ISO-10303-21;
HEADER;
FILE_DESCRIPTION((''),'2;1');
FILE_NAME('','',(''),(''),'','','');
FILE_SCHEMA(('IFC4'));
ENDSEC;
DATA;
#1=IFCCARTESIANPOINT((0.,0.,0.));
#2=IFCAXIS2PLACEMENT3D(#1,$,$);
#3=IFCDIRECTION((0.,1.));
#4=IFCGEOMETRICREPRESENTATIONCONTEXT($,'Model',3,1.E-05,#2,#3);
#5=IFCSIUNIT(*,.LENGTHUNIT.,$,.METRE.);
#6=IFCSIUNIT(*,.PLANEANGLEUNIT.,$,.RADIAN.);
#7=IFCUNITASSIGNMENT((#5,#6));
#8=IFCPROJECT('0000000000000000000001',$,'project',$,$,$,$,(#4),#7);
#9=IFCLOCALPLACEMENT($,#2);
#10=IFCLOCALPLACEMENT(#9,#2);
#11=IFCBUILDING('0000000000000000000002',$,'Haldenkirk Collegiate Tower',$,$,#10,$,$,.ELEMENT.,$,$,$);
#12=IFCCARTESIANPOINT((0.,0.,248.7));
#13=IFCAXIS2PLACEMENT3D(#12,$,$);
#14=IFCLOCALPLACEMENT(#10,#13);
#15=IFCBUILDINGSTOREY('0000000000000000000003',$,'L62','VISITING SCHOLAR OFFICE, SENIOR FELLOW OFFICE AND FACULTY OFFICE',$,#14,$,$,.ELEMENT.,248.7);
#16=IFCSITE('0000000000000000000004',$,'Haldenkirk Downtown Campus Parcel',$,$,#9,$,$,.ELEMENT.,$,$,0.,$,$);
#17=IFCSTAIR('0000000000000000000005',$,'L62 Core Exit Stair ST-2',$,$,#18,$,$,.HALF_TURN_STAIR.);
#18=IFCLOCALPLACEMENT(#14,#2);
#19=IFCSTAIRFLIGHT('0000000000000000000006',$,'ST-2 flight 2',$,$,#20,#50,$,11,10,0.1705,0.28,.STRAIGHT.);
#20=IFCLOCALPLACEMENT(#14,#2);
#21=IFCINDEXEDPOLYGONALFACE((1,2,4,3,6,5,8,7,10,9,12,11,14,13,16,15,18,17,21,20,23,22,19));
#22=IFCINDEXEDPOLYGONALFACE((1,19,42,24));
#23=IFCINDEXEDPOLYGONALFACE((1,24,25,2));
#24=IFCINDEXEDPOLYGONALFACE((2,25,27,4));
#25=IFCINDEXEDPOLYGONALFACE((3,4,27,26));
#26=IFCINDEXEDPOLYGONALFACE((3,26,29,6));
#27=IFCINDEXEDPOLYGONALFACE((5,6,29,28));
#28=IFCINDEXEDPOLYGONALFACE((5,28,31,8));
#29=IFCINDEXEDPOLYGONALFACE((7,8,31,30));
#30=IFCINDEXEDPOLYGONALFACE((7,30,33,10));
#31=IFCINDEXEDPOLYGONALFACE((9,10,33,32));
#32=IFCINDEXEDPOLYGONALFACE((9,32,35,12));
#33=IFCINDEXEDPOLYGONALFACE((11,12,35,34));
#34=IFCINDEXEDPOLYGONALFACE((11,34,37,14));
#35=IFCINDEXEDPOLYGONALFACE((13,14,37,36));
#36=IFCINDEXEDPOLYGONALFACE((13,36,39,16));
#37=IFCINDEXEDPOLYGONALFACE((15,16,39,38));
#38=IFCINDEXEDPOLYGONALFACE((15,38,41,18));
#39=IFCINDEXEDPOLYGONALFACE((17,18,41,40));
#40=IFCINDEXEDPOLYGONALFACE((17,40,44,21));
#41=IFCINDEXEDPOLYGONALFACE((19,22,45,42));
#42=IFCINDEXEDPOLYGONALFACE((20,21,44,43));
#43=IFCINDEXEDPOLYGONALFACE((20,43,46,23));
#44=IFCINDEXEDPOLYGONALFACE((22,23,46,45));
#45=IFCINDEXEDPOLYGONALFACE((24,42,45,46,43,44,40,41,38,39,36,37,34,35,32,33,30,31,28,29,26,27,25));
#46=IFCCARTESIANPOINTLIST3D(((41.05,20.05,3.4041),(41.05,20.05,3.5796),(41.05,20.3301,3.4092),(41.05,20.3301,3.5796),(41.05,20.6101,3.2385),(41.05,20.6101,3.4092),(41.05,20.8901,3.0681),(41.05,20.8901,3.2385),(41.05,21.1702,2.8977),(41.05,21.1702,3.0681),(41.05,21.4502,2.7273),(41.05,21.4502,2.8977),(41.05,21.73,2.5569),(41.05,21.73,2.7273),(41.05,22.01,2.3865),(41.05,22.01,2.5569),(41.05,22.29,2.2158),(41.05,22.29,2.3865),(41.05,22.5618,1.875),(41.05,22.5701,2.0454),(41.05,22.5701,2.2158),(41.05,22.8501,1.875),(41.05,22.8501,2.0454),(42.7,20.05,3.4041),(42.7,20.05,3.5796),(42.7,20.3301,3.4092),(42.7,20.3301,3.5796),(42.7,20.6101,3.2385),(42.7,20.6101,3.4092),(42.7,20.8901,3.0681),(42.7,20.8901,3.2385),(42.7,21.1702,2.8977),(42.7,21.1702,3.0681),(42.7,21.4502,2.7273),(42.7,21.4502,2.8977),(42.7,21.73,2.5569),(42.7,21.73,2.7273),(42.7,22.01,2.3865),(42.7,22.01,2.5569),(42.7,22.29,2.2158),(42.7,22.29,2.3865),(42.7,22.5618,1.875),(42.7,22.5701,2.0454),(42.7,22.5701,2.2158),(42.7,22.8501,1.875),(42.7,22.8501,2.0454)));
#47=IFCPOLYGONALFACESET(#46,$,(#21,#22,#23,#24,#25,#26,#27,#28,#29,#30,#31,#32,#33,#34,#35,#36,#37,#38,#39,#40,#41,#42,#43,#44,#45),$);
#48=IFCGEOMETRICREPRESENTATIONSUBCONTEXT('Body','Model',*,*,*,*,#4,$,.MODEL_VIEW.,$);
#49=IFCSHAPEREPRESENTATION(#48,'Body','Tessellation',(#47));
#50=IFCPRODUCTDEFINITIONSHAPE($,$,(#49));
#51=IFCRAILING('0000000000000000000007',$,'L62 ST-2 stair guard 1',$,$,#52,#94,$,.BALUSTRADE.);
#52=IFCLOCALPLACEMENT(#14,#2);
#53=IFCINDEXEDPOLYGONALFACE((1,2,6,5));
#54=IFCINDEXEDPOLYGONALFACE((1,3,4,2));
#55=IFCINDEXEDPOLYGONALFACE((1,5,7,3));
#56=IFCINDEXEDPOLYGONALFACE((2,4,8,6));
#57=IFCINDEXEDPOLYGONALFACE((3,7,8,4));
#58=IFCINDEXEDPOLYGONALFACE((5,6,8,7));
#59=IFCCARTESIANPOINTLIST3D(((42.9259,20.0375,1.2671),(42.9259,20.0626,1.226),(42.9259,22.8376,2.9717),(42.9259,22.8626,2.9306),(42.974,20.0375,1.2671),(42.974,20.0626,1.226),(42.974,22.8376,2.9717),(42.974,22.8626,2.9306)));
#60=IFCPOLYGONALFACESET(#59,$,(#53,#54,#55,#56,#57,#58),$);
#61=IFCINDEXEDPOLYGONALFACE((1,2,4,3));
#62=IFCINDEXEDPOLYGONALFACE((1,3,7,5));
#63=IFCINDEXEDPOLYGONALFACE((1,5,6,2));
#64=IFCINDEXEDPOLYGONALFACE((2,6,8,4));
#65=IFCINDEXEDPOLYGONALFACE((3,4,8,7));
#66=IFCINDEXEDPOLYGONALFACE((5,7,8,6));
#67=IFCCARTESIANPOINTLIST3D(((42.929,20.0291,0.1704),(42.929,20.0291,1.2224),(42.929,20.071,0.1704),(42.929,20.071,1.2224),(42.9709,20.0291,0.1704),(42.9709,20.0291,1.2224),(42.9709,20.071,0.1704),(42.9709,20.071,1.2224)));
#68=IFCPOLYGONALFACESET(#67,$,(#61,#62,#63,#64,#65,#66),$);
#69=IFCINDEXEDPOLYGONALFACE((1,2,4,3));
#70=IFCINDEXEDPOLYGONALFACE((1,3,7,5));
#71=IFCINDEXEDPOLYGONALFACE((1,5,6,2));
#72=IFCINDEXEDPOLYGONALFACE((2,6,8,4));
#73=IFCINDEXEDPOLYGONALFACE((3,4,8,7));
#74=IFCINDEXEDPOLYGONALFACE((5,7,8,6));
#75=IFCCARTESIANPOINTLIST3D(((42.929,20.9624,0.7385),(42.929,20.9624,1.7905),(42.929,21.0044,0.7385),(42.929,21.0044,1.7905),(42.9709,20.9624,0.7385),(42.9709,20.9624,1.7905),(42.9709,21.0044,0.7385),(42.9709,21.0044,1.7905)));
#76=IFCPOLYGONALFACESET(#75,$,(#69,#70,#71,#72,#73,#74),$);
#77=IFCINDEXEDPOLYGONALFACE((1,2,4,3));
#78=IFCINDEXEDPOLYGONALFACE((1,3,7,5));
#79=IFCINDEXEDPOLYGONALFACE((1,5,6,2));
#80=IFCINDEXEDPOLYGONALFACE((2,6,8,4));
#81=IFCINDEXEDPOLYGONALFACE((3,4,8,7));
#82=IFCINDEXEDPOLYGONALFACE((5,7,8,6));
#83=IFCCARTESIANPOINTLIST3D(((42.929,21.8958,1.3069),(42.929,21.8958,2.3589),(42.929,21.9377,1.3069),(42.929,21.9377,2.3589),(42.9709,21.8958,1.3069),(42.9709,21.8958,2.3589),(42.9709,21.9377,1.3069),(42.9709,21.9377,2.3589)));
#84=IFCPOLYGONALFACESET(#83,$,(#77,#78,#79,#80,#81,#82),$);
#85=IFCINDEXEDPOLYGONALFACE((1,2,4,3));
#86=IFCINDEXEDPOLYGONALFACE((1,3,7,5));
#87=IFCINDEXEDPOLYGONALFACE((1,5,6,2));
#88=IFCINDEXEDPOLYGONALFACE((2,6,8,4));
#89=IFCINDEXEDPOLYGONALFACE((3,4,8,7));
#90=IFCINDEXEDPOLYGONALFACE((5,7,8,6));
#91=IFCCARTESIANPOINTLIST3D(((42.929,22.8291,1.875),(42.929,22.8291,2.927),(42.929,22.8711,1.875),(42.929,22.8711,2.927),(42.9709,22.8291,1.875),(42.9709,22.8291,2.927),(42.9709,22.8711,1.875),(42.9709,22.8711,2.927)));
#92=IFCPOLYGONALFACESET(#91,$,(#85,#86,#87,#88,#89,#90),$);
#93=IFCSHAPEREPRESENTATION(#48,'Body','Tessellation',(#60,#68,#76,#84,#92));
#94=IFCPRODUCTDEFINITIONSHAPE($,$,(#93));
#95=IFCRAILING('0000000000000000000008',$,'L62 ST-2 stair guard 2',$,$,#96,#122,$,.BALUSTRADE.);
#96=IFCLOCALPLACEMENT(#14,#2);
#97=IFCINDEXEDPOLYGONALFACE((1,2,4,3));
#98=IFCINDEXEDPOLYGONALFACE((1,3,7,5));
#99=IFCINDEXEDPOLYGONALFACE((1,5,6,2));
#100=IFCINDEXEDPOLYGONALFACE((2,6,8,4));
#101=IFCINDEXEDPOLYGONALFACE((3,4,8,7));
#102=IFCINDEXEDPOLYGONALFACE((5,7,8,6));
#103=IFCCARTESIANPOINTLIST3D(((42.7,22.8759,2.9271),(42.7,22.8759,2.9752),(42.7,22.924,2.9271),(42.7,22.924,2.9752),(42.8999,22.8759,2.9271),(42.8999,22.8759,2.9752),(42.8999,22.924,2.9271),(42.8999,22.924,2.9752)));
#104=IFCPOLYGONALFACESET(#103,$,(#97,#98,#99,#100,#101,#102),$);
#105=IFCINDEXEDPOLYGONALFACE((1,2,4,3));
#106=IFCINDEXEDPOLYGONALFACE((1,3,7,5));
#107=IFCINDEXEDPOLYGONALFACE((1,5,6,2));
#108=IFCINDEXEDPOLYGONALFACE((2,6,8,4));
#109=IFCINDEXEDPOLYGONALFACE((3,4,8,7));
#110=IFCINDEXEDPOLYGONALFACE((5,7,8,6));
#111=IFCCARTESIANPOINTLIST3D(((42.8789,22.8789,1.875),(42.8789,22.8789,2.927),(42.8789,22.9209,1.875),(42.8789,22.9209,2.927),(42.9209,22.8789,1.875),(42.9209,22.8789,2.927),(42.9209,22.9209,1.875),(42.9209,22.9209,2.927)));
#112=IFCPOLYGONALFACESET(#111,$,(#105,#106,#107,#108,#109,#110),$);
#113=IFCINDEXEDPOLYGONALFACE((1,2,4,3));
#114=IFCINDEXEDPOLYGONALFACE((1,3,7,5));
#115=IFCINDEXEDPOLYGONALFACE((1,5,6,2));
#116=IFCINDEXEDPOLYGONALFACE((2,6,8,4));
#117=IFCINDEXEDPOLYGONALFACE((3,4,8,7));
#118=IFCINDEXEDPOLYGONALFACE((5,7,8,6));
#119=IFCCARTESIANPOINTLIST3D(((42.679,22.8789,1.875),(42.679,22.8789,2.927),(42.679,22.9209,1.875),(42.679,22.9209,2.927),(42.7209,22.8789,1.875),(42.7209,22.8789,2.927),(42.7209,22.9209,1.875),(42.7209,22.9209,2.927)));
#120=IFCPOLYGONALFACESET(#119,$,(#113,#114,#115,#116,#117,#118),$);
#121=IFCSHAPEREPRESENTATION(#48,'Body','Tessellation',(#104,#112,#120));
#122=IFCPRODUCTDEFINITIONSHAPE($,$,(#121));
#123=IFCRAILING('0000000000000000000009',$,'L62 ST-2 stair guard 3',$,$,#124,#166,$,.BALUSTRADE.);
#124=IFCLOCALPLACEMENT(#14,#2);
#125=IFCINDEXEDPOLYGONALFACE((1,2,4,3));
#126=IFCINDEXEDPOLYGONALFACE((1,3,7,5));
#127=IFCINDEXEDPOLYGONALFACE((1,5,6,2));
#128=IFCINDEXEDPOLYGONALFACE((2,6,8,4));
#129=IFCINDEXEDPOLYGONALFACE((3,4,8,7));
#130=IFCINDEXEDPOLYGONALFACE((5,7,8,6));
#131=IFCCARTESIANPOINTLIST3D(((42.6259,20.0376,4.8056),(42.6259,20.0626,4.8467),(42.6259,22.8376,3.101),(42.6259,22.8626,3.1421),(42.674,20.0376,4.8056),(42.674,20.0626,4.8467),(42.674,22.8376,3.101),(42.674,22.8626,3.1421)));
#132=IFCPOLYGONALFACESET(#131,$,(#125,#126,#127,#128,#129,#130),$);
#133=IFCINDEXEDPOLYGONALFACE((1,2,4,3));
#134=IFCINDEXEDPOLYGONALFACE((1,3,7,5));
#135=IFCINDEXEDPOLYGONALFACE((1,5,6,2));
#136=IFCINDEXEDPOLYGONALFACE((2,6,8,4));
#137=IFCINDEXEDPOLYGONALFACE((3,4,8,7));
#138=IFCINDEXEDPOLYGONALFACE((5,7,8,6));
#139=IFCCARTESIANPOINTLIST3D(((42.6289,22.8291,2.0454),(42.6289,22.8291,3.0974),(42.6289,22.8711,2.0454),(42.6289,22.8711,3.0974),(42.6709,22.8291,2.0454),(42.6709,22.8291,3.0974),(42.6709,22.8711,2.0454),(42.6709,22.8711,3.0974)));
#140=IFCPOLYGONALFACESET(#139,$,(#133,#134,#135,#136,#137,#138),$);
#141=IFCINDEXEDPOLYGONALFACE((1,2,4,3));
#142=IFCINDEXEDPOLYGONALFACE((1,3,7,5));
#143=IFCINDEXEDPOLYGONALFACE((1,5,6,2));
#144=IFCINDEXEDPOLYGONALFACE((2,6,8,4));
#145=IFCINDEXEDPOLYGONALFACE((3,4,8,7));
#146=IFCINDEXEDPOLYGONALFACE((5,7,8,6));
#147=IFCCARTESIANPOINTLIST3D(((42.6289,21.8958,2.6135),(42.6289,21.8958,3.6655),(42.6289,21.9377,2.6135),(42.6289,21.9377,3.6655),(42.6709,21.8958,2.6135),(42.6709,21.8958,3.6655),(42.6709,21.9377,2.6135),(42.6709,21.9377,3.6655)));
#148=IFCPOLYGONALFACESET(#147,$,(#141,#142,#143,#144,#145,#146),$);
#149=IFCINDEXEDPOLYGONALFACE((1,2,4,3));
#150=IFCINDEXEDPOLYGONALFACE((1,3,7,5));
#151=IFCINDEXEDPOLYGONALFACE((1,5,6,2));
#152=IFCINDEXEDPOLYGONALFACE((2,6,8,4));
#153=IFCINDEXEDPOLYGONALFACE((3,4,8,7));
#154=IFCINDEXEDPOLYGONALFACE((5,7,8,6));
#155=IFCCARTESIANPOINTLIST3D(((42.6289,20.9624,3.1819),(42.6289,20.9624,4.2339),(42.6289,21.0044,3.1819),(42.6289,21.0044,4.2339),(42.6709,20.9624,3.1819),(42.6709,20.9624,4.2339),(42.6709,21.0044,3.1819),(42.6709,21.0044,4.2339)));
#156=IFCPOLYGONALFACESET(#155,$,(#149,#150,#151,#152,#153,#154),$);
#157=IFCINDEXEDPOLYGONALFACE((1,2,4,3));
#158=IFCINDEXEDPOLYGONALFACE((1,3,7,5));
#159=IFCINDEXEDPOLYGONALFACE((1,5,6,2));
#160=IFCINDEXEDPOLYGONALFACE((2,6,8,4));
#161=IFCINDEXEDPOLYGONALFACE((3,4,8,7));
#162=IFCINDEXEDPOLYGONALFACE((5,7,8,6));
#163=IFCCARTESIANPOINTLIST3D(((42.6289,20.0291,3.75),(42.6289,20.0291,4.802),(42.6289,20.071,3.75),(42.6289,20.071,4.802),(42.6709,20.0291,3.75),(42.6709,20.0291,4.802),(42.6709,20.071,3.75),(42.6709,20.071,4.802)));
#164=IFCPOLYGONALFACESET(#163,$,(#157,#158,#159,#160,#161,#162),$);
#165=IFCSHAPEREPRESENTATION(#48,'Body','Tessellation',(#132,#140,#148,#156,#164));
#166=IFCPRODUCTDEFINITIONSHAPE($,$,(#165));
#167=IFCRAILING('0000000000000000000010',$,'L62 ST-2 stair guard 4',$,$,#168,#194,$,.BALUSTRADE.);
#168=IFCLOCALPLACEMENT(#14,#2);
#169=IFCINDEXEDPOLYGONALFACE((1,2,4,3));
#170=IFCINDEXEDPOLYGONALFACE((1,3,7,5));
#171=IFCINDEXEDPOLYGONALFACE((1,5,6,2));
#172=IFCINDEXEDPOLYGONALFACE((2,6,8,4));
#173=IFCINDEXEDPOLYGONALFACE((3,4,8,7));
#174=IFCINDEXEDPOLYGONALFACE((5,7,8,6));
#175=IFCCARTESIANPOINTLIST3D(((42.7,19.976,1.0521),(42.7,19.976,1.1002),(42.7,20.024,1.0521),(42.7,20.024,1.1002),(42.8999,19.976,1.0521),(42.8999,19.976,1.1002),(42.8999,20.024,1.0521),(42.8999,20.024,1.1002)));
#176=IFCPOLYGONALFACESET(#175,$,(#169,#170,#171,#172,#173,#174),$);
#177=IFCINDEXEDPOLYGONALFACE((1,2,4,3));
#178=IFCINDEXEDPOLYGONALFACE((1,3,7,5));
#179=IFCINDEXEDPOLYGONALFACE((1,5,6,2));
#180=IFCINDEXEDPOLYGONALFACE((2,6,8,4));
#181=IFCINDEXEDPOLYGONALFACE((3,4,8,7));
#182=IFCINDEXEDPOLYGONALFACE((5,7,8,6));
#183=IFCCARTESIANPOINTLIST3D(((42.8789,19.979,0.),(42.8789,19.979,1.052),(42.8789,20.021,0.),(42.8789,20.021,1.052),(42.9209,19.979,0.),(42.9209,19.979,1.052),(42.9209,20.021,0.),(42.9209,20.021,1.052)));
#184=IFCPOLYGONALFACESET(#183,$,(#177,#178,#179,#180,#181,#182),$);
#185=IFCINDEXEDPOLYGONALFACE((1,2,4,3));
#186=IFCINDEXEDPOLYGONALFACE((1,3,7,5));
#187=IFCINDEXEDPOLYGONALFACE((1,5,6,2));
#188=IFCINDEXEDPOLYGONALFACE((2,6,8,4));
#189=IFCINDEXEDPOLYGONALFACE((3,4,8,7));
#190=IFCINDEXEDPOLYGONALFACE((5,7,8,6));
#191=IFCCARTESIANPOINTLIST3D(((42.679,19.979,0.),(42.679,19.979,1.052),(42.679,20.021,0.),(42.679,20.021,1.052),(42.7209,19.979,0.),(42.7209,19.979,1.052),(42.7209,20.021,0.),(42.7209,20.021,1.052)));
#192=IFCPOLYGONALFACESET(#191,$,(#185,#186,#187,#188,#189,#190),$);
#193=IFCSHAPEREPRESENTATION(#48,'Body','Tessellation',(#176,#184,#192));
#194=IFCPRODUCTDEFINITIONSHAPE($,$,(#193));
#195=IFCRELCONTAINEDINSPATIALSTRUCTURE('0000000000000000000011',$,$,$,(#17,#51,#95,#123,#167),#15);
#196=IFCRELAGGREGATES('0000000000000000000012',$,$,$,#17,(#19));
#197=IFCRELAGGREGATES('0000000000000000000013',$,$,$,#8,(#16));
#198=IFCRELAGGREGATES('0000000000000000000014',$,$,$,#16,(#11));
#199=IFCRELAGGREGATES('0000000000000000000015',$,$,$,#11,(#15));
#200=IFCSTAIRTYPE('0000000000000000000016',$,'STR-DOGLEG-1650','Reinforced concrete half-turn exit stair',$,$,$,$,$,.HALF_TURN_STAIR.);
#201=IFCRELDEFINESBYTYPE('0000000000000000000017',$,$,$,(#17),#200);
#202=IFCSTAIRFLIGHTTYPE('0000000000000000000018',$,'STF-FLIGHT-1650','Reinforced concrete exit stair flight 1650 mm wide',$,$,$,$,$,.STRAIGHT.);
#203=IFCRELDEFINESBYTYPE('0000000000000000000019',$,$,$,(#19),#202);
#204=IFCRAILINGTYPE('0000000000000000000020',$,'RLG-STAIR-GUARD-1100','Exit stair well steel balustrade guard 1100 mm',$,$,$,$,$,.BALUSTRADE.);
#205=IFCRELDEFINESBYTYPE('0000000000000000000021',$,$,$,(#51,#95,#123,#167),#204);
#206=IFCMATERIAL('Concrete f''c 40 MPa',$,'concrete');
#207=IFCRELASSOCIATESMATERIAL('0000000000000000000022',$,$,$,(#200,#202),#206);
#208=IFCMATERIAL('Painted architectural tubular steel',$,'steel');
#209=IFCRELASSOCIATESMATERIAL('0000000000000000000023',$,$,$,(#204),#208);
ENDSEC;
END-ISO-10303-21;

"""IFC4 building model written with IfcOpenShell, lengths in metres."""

from ifc_helpers import new_model, si_unit, direction, frame, origin, origin_2d, place, context, subcontext, project, spatial, polyline, rectangle, outline, extrude, material, type_object, element, aggregate, save


model = new_model("IFC4")

# Units and contexts
model_context = context("Model", 3, precision=1e-05, world=origin(), true_north=direction((0.0, 1.0)))
body_context = subcontext(model_context, "Body", "Model", "MODEL_VIEW")
ifc_project = project(units=[si_unit("LENGTHUNIT", "METRE"), si_unit("PLANEANGLEUNIT", "RADIAN")], contexts=[model_context])

# Site, building, storey
site_placement = place(None, origin())
site = spatial("IfcSite", under=ifc_project, at=site_placement, Name="Haldenkirk Downtown Campus Parcel", CompositionType="ELEMENT", RefElevation=0.0)
building_placement = place(site_placement, origin())
building = spatial("IfcBuilding", under=site, at=building_placement, Name="Haldenkirk Collegiate Tower", CompositionType="ELEMENT")
storey_placement = place(building_placement, frame((0.0, 0.0, 248.7)))
storey = spatial("IfcBuildingStorey", under=building, at=storey_placement, Name="L62", Description="VISITING SCHOLAR OFFICE, SENIOR FELLOW OFFICE AND FACULTY OFFICE", CompositionType="ELEMENT", Elevation=248.7)

# Stair, stair flight
ifc_material_1 = material(Name="Concrete f'c 40 MPa", Category="concrete")
stair_type = type_object("IfcStairType", Name="STR-DOGLEG-1650", Description="Reinforced concrete half-turn exit stair", PredefinedType="HALF_TURN_STAIR", material=ifc_material_1)
stair_placement = place(storey_placement, origin())
stair = element("IfcStair", 1, at=stair_placement, inside=storey, type_object=stair_type, Name="L62 Core Exit Stair ST-2", PredefinedType="HALF_TURN_STAIR")
stair_flight_type = type_object("IfcStairFlightType", Name="STF-FLIGHT-1650", Description="Reinforced concrete exit stair flight 1650 mm wide", PredefinedType="STRAIGHT", material=ifc_material_1)
stair_flight_1_placement = place(storey_placement, frame((41.875, 22.8501, 1.875), z_axis=(0.0, 0.0, 1.0), x_axis=(0.0, -1.0, 0.0)))
stair_flight_1 = element("IfcStairFlight", 2, at=stair_flight_1_placement, type_object=stair_flight_type, Name="ST-2 flight 2", NumberOfRisers=11, NumberOfTreads=10, PredefinedType="STRAIGHT", RiserHeight=0.1705, TreadLength=0.28, context=body_context, shape_type="SweptSolid", body=[
    extrude(outline(polyline([(0.0, 0.0), (0.0, 0.1704), (0.28, 0.1704), (0.28, 0.3408), (0.5601, 0.3408), (0.5601, 0.5115), (0.8401, 0.5115), (0.8401, 0.6819), (1.1201, 0.6819), (1.1201, 0.8523), (1.3999, 0.8523), (1.3999, 1.0227), (1.6799, 1.0227), (1.6799, 1.1931), (1.96, 1.1931), (1.96, 1.3635), (2.24, 1.3635), (2.24, 1.5342), (2.52, 1.5342), (2.52, 1.7046), (2.8, 1.7046), (2.8, 1.875), (2.8, 1.5291), (0.2883, 0.0), (0.0, 0.0)])), frame((0.0, 0.825, 0.0), z_axis=(0.0, -1.0, 0.0), x_axis=(1.0, 0.0, 0.0)), (0.0, 0.0, 1.0), 1.6499),
])
aggregate(stair, [stair_flight_1])

# Railings
ifc_material_2 = material(Name="Painted architectural tubular steel", Category="steel")
railing_type_1 = type_object("IfcRailingType", Name="RLG-STAIR-GUARD-1100", Description="Exit stair well steel balustrade guard 1100 mm", PredefinedType="BALUSTRADE", material=ifc_material_2)
railing_1_placement = place(storey_placement, frame((42.95, 20.05, 0.1704)))
element("IfcRailing", 3, at=railing_1_placement, inside=storey, type_object=railing_type_1, Name="L62 ST-2 stair guard 1", PredefinedType="BALUSTRADE", context=body_context, shape_type="SweptSolid", body=[
    extrude(rectangle(XDim=0.0481, YDim=0.0481, at=origin_2d()), frame((0.0, 0.0, 1.0762), z_axis=(0.0, 0.85417, 0.519994), x_axis=(-1.0, 0.0, 0.0)), (0.0, 0.0, 1.0), 3.2781),
    extrude(rectangle(XDim=0.042, YDim=0.042, at=origin_2d()), origin(), (0.0, 0.0, 1.0), 1.052),
    extrude(rectangle(XDim=0.042, YDim=0.042, at=origin_2d()), frame((0.0, 0.9333, 0.5681)), (0.0, 0.0, 1.0), 1.052),
    extrude(rectangle(XDim=0.042, YDim=0.042, at=origin_2d()), frame((0.0, 1.8667, 1.1365)), (0.0, 0.0, 1.0), 1.052),
    extrude(rectangle(XDim=0.042, YDim=0.042, at=origin_2d()), frame((0.0, 2.8, 1.7046)), (0.0, 0.0, 1.0), 1.052),
])
railing_2_placement = place(storey_placement, frame((42.8999, 22.8999, 1.875)))
element("IfcRailing", 4, at=railing_2_placement, inside=storey, type_object=railing_type_1, Name="L62 ST-2 stair guard 2", PredefinedType="BALUSTRADE", context=body_context, shape_type="SweptSolid", body=[
    extrude(rectangle(XDim=0.0481, YDim=0.0481, at=origin_2d()), frame((0.0, 0.0, 1.0762), z_axis=(-1.0, 0.0, 0.0), x_axis=(0.0, -1.0, 0.0)), (0.0, 0.0, 1.0), 0.2),
    extrude(rectangle(XDim=0.042, YDim=0.042, at=origin_2d()), origin(), (0.0, 0.0, 1.0), 1.052),
    extrude(rectangle(XDim=0.042, YDim=0.042, at=origin_2d()), frame((-0.2, 0.0, 0.0)), (0.0, 0.0, 1.0), 1.052),
])
railing_3_placement = place(storey_placement, frame((42.6499, 22.8501, 2.0454)))
element("IfcRailing", 5, at=railing_3_placement, inside=storey, type_object=railing_type_1, Name="L62 ST-2 stair guard 3", PredefinedType="BALUSTRADE", context=body_context, shape_type="SweptSolid", body=[
    extrude(rectangle(XDim=0.0481, YDim=0.0481, at=origin_2d()), frame((0.0, 0.0, 1.0762), z_axis=(0.0, -0.85417, 0.519994), x_axis=(1.0, 0.0, 0.0)), (0.0, 0.0, 1.0), 3.2781),
    extrude(rectangle(XDim=0.042, YDim=0.042, at=origin_2d()), origin(), (0.0, 0.0, 1.0), 1.052),
    extrude(rectangle(XDim=0.042, YDim=0.042, at=origin_2d()), frame((0.0, -0.9333, 0.5681)), (0.0, 0.0, 1.0), 1.052),
    extrude(rectangle(XDim=0.042, YDim=0.042, at=origin_2d()), frame((0.0, -1.8667, 1.1365)), (0.0, 0.0, 1.0), 1.052),
    extrude(rectangle(XDim=0.042, YDim=0.042, at=origin_2d()), frame((0.0, -2.8, 1.7046)), (0.0, 0.0, 1.0), 1.052),
])
railing_4_placement = place(storey_placement, frame((42.8999, 20.0, 0.0)))
element("IfcRailing", 6, at=railing_4_placement, inside=storey, type_object=railing_type_1, Name="L62 ST-2 stair guard 4", PredefinedType="BALUSTRADE", context=body_context, shape_type="SweptSolid", body=[
    extrude(rectangle(XDim=0.0481, YDim=0.0481, at=origin_2d()), frame((0.0, 0.0, 1.0762), z_axis=(-1.0, 0.0, 0.0), x_axis=(0.0, -1.0, 0.0)), (0.0, 0.0, 1.0), 0.2),
    extrude(rectangle(XDim=0.042, YDim=0.042, at=origin_2d()), origin(), (0.0, 0.0, 1.0), 1.052),
    extrude(rectangle(XDim=0.042, YDim=0.042, at=origin_2d()), frame((-0.2, 0.0, 0.0)), (0.0, 0.0, 1.0), 1.052),
])

save(model, "model.ifc")
